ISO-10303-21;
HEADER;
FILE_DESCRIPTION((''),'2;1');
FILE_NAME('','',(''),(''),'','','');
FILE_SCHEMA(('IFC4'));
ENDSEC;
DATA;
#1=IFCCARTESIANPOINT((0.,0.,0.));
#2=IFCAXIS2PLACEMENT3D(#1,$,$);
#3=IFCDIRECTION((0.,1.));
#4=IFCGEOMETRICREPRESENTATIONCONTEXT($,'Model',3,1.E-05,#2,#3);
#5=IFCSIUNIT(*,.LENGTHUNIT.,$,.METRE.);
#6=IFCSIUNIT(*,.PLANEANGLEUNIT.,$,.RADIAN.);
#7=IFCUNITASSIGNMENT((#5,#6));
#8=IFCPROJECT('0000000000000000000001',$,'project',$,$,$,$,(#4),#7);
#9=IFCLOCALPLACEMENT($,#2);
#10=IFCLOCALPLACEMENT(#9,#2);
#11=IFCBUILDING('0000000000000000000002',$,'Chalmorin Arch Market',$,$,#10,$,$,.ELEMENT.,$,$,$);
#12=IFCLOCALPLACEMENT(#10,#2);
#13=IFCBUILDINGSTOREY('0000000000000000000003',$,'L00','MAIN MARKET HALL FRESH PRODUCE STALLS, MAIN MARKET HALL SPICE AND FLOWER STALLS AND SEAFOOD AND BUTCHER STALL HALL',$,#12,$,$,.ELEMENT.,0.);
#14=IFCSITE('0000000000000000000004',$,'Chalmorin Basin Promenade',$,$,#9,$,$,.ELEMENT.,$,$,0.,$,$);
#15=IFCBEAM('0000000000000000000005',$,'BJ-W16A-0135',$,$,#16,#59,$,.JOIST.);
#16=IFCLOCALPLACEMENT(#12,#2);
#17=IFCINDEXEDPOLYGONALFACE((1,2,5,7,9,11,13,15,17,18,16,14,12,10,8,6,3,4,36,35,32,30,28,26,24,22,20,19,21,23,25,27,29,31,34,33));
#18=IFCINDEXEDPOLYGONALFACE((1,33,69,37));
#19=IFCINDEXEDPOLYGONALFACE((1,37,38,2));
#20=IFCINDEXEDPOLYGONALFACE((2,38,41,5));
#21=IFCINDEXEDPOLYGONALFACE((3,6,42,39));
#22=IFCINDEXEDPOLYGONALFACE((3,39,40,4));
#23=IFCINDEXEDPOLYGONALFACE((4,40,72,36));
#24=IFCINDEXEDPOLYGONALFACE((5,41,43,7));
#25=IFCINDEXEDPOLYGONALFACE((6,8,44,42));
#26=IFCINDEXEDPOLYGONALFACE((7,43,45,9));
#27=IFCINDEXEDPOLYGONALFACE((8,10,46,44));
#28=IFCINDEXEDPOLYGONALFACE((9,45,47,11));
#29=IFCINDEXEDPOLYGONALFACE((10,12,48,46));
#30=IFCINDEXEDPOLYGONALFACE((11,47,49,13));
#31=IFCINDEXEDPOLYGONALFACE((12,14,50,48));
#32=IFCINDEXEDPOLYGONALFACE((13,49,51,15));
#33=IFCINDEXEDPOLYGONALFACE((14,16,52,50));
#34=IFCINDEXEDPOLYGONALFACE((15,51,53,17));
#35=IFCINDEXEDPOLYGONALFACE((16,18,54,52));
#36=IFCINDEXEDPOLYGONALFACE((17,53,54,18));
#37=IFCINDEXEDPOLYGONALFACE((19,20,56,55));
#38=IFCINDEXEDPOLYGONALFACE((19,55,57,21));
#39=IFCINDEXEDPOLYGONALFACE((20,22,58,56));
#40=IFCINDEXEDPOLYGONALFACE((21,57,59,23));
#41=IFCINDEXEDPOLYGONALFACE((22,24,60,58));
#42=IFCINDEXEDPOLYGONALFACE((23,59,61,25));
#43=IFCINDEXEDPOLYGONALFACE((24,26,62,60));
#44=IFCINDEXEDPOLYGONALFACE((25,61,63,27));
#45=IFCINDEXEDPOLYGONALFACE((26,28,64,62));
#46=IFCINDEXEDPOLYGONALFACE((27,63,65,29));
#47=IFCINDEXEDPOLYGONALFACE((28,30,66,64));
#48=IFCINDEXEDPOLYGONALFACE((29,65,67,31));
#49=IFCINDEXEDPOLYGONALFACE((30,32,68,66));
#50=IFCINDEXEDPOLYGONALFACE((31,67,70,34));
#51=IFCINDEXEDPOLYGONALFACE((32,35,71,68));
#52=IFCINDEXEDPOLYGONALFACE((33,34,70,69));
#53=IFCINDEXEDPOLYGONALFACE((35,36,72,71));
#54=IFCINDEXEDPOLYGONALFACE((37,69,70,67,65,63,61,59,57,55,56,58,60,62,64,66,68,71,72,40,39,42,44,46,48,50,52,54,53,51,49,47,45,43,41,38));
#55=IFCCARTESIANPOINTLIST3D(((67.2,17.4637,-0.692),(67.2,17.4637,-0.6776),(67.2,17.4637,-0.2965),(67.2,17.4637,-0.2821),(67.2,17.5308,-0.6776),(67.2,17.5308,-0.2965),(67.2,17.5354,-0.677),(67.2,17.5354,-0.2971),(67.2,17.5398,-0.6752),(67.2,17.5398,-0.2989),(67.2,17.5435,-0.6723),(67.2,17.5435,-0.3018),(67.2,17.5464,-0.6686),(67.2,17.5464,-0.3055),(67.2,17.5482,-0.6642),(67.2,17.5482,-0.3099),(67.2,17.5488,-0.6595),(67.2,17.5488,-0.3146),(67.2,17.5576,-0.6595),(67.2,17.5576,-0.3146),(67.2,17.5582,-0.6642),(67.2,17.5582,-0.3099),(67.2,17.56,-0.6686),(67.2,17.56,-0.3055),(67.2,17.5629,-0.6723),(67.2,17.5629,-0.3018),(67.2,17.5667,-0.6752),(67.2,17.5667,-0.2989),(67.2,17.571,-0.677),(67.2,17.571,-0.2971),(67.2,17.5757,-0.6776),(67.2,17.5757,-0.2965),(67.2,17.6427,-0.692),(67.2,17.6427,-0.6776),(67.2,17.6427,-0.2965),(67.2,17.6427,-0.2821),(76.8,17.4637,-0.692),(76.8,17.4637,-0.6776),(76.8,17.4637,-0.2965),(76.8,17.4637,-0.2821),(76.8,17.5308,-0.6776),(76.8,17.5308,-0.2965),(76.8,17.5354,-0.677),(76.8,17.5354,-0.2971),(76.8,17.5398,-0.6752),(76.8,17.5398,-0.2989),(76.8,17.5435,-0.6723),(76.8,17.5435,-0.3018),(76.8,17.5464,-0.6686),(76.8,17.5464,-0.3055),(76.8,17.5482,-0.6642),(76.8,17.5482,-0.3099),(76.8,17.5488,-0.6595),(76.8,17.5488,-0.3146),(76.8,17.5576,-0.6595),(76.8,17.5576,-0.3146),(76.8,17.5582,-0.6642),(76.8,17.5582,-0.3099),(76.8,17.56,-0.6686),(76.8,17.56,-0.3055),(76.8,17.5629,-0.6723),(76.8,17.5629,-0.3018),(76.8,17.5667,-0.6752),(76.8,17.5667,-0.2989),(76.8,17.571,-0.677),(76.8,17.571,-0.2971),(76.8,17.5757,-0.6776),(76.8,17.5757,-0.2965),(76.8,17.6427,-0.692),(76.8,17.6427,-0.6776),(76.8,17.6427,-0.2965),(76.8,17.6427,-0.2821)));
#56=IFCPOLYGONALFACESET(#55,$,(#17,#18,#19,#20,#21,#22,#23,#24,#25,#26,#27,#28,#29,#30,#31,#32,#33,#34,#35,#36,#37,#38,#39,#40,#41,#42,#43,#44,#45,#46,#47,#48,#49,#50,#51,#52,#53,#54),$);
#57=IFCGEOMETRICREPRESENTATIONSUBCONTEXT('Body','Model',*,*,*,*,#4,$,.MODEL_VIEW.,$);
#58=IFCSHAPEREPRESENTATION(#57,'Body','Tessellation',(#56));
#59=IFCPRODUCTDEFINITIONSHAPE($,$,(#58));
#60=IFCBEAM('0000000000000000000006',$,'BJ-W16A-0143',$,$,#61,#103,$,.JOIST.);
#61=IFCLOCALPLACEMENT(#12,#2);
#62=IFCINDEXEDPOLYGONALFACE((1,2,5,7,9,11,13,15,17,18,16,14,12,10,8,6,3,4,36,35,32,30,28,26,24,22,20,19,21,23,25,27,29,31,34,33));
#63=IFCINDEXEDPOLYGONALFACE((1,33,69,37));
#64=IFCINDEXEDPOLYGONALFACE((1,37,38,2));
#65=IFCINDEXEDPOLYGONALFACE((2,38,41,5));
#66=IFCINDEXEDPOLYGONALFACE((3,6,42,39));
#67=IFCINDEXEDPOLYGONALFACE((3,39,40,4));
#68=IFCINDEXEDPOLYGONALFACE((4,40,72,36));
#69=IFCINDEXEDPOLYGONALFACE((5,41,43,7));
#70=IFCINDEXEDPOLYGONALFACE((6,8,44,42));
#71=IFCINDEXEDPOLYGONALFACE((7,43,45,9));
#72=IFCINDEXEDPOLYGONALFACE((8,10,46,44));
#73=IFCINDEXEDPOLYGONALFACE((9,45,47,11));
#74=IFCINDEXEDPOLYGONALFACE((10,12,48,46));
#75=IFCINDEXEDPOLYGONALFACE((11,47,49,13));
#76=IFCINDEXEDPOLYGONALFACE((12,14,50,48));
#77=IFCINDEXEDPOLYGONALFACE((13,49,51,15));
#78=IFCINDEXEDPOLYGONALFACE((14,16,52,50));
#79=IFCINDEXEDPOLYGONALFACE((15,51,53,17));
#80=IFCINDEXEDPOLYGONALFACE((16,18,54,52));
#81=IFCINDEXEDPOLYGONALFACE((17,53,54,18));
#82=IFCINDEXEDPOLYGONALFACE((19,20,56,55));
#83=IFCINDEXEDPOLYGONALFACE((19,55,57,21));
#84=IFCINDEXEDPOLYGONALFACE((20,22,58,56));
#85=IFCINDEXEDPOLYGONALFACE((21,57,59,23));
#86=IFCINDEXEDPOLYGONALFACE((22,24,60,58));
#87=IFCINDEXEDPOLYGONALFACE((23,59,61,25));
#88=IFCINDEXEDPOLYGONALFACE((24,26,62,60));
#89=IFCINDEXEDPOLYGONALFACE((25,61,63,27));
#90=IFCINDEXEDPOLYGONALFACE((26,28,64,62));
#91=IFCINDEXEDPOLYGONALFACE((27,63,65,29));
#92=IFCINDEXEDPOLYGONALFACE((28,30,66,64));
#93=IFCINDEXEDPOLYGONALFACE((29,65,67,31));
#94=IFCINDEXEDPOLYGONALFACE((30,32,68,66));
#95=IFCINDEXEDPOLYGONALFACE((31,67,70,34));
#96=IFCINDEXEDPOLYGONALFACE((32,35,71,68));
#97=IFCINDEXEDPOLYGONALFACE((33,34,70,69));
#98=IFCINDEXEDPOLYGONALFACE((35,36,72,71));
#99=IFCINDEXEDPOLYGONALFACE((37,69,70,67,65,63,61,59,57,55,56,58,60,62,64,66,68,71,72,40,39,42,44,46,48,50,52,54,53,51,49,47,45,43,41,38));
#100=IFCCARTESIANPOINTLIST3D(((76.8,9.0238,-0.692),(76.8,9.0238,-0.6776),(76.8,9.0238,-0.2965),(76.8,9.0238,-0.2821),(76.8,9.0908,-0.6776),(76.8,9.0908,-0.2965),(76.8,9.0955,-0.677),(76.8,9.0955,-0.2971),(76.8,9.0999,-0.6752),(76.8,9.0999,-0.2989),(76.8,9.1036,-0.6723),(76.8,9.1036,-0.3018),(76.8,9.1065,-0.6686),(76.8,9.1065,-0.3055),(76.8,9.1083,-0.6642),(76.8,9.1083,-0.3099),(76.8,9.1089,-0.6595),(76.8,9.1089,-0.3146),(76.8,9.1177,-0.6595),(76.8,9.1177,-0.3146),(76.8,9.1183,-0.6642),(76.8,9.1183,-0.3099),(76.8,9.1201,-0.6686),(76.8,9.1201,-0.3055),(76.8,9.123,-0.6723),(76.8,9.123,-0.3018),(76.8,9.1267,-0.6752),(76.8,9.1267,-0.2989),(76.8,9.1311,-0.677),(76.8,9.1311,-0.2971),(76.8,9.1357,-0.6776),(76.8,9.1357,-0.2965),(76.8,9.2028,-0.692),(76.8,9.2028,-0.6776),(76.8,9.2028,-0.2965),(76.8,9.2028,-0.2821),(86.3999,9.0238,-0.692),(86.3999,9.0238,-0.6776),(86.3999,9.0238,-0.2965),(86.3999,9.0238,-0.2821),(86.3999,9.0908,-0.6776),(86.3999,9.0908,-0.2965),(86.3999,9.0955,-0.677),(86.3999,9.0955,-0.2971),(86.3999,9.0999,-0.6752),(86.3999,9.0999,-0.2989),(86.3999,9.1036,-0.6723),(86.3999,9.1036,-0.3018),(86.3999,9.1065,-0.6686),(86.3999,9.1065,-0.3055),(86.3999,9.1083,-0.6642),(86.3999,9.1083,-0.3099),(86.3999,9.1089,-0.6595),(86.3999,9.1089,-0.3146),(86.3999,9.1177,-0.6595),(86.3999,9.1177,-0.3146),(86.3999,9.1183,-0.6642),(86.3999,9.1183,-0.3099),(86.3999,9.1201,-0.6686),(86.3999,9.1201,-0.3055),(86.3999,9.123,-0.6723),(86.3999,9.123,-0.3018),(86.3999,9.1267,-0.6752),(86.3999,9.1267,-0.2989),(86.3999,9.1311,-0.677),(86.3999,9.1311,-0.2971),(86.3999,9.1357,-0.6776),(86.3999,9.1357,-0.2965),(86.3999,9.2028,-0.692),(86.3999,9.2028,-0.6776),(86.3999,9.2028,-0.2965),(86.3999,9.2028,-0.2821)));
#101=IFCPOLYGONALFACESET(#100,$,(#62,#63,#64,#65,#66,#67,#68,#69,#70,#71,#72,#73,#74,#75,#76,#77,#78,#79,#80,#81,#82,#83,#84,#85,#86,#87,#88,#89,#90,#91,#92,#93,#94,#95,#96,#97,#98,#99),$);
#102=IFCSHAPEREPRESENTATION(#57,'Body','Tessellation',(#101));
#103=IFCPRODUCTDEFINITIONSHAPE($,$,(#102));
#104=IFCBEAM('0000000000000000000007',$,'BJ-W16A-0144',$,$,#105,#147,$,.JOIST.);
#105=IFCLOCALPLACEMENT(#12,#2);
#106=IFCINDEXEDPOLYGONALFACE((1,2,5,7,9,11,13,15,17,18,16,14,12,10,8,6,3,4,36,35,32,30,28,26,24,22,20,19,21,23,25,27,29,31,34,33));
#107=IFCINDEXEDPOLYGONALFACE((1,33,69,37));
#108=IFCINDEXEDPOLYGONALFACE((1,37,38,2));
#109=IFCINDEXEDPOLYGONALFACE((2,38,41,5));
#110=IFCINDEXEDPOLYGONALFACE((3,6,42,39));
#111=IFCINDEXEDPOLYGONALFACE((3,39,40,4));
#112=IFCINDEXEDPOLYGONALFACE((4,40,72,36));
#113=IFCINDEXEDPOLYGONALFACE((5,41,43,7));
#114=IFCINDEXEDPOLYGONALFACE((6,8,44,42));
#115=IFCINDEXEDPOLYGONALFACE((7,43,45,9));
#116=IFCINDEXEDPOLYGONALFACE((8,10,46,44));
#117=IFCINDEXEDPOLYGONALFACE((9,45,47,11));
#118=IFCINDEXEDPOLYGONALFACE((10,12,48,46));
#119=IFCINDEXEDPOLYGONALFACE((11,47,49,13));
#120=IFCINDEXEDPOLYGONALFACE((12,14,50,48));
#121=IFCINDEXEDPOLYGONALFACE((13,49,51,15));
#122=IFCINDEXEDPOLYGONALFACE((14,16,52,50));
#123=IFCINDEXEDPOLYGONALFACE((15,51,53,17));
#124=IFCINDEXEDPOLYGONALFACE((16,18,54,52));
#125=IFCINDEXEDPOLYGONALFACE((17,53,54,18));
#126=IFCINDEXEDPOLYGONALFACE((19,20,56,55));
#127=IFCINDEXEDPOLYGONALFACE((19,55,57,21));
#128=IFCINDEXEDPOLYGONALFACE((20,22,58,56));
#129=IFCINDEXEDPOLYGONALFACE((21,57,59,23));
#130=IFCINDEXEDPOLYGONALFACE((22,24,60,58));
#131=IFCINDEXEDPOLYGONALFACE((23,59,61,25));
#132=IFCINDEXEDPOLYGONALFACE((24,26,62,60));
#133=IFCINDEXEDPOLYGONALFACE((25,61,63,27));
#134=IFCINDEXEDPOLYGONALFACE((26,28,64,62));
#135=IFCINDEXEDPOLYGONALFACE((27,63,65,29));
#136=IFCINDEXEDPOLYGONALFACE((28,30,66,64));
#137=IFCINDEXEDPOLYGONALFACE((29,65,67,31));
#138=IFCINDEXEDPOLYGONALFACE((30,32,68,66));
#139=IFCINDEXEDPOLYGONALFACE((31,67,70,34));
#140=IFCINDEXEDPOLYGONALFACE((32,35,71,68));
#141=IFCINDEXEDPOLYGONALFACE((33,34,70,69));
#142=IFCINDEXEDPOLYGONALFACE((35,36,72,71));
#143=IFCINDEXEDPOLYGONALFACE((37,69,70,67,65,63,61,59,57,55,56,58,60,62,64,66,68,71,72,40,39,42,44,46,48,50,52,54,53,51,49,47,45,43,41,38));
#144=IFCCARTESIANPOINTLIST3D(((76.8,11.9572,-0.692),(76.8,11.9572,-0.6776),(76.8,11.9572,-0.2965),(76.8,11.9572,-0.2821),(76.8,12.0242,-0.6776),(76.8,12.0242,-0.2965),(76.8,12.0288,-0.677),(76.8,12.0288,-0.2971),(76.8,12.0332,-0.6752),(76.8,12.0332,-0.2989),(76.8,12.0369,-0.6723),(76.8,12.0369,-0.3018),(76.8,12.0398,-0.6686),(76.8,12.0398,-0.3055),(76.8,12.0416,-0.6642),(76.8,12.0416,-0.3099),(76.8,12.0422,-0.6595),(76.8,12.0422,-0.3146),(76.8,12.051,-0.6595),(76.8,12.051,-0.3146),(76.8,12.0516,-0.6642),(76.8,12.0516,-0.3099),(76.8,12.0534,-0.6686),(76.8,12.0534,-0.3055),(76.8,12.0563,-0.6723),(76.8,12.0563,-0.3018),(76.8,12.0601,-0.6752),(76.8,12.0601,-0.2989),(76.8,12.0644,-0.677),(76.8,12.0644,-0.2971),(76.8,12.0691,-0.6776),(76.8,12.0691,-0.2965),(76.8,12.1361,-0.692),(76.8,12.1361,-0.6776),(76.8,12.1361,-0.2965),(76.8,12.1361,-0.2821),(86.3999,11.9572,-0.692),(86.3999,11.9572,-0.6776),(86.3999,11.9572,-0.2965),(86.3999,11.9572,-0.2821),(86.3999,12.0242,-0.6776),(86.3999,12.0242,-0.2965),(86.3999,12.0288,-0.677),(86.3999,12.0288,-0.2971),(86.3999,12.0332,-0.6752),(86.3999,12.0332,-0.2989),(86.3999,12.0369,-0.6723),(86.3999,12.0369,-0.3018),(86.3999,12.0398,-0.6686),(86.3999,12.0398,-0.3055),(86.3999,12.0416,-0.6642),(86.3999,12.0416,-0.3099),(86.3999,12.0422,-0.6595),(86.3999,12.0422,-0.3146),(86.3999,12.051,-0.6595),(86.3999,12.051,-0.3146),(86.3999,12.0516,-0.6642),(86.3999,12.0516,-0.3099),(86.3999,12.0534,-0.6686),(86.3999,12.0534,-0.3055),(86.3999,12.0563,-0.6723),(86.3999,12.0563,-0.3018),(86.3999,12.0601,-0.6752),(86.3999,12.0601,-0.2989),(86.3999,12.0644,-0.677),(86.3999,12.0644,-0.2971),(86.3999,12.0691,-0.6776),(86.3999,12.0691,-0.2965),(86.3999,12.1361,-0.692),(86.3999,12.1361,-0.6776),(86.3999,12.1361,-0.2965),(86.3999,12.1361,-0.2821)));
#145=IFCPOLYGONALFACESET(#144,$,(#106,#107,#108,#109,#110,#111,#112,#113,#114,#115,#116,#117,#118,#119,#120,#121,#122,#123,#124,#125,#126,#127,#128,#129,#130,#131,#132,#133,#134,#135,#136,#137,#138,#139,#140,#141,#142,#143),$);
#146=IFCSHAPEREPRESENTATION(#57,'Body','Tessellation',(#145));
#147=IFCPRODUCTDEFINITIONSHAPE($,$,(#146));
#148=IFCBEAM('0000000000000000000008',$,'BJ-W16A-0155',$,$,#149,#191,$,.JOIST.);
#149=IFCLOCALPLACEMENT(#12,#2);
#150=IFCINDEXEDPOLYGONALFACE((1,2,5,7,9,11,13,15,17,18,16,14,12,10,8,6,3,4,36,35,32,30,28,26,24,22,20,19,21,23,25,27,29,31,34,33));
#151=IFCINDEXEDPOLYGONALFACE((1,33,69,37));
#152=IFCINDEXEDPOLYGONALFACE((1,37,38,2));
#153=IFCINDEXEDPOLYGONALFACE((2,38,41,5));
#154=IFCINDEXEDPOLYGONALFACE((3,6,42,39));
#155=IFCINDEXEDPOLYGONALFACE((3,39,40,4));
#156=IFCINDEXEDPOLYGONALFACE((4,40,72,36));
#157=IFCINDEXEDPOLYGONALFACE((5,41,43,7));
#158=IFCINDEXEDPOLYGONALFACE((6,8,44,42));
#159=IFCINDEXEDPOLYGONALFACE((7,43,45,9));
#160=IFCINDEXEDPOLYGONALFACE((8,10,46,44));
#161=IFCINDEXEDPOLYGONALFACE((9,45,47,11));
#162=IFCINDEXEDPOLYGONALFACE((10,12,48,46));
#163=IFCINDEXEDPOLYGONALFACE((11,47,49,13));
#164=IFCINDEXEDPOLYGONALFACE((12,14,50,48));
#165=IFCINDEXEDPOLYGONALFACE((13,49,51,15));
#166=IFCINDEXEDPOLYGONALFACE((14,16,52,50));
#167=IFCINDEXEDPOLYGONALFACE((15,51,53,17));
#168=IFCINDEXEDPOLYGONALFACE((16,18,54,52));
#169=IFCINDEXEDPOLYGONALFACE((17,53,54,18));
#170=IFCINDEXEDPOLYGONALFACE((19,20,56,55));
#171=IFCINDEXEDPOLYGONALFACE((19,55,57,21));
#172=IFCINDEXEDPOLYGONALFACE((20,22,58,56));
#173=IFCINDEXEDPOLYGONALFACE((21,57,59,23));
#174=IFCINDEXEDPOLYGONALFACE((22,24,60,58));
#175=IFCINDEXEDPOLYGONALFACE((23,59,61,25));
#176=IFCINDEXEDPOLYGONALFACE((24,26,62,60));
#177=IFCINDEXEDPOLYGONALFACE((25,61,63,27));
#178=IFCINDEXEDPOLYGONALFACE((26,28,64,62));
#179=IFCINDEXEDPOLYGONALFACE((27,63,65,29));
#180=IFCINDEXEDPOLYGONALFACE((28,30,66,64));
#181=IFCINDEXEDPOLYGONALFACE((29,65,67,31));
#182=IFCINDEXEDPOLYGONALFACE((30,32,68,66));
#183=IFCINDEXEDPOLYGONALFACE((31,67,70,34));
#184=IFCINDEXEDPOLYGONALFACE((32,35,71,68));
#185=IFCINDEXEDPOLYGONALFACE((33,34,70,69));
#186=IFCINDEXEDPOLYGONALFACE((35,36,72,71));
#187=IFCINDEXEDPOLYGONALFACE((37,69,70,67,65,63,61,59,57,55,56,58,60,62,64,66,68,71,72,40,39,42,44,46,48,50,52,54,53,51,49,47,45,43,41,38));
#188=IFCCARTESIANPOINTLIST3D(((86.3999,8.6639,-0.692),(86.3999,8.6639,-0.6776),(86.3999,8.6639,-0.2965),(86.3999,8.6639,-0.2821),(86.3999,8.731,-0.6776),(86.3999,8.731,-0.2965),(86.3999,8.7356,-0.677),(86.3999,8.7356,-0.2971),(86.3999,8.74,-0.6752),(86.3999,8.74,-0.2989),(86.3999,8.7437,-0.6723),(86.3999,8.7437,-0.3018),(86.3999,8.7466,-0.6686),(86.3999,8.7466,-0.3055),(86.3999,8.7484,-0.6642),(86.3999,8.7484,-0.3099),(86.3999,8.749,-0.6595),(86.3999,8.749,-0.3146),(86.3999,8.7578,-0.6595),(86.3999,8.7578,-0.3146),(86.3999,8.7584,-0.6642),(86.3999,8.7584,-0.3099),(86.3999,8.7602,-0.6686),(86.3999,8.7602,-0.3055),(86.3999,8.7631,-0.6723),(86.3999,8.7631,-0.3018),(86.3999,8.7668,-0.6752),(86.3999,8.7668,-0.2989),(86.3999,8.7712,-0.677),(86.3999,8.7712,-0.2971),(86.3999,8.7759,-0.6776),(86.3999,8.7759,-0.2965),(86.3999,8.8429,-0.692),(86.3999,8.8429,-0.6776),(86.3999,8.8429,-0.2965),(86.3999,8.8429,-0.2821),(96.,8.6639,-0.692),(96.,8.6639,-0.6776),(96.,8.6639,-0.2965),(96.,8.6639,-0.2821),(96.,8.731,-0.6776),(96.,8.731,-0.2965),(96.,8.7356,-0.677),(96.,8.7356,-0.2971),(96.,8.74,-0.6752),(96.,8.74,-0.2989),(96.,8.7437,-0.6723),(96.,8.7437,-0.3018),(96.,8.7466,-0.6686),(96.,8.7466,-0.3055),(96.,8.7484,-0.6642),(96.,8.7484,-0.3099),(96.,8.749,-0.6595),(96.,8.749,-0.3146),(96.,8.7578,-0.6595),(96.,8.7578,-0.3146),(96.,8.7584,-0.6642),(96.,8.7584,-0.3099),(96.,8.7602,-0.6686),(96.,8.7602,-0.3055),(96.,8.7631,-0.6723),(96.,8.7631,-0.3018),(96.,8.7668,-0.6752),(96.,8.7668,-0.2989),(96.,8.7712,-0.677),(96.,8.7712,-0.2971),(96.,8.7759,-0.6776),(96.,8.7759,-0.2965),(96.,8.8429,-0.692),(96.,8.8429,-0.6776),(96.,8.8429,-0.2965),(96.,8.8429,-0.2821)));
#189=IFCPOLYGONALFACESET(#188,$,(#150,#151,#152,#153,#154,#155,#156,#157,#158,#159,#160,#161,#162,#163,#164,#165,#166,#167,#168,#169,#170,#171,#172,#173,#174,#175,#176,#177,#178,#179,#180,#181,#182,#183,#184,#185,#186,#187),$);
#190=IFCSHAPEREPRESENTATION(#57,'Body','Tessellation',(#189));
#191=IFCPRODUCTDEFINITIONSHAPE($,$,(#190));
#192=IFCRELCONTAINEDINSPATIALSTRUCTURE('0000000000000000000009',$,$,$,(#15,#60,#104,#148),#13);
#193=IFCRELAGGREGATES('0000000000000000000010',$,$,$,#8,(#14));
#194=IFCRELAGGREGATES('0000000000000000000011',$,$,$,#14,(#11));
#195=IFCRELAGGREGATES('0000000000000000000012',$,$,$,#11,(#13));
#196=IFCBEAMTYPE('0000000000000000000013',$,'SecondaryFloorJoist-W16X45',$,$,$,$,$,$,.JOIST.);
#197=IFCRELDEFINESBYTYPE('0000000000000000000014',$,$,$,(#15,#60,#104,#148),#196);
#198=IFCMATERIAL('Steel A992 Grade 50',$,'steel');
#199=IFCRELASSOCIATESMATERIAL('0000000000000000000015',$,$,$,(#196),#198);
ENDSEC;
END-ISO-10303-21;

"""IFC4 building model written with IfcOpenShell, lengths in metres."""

from ifc_helpers import new_model, si_unit, direction, frame, origin, origin_2d, place, context, subcontext, project, spatial, i_section, extrude, material, material_profile, profile_set, type_object, element, save


model = new_model("IFC4")

# Units and contexts
model_context = context("Model", 3, precision=1e-05, world=origin(), true_north=direction((0.0, 1.0)))
body_context = subcontext(model_context, "Body", "Model", "MODEL_VIEW")
ifc_project = project(units=[si_unit("LENGTHUNIT", "METRE"), si_unit("PLANEANGLEUNIT", "RADIAN")], contexts=[model_context])

# Site, building, storey
site_placement = place(None, origin())
site = spatial("IfcSite", under=ifc_project, at=site_placement, Name="Chalmorin Basin Promenade", CompositionType="ELEMENT", RefElevation=0.0)
building_placement = place(site_placement, origin())
building = spatial("IfcBuilding", under=site, at=building_placement, Name="Chalmorin Arch Market", CompositionType="ELEMENT")
storey_placement = place(building_placement, origin())
storey = spatial("IfcBuildingStorey", under=building, at=storey_placement, Name="L00", Description="MAIN MARKET HALL FRESH PRODUCE STALLS, MAIN MARKET HALL SPICE AND FLOWER STALLS AND SEAFOOD AND BUTCHER STALL HALL", CompositionType="ELEMENT", Elevation=0.0)

# Beams
ifc_material_1 = material(Name="Steel A992 Grade 50", Category="steel")
ifc_material_profile_1 = material_profile(ifc_material_1, i_section(OverallWidth=0.179, OverallDepth=0.4099, WebThickness=0.0088, FlangeThickness=0.0144, FilletRadius=0.0181, at=origin_2d()), Name="W16X45")
ifc_profile_set_1 = profile_set([ifc_material_profile_1], Name="Steel A992 Grade 50")
beam_type_1 = type_object("IfcBeamType", Name="SecondaryFloorJoist-W16X45", PredefinedType="JOIST", material=ifc_profile_set_1)
beam_1_placement = place(storey_placement, frame((67.2, 17.5532, -0.4871), z_axis=(1.0, 0.0, 0.0), x_axis=(0.0, 1.0, 0.0)))
element("IfcBeam", 1, at=beam_1_placement, inside=storey, type_object=beam_type_1, Name="BJ-W16A-0135", PredefinedType="JOIST", context=body_context, shape_type="SweptSolid", body=[
    extrude(i_section(OverallWidth=0.179, OverallDepth=0.4099, WebThickness=0.0088, FlangeThickness=0.0144, FilletRadius=0.0181, at=origin_2d()), origin(), (0.0, 0.0, 1.0), 9.6001),
])
for number, where, z_axis, x_axis, name in (
    (2, (76.8, 9.1133, -0.4871), (1.0, 0.0, 0.0), (0.0, 1.0, 0.0), "BJ-W16A-0143"),
    (3, (76.8, 12.0466, -0.4871), (1.0, 0.0, 0.0), (0.0, 1.0, 0.0), "BJ-W16A-0144"),
):
    element("IfcBeam", number, at=place(storey_placement, frame(where, z_axis=z_axis, x_axis=x_axis)), inside=storey, type_object=beam_type_1, Name=name, PredefinedType="JOIST", context=body_context, shape_type="SweptSolid", body=[
        extrude(i_section(OverallWidth=0.179, OverallDepth=0.4099, WebThickness=0.0088, FlangeThickness=0.0144, FilletRadius=0.0181, at=origin_2d()), origin(), (0.0, 0.0, 1.0), 9.5999),
    ])
for number, where, z_axis, x_axis, name in (
    (4, (86.3999, 8.7534, -0.4871), (1.0, 0.0, 0.0), (0.0, 1.0, 0.0), "BJ-W16A-0155"),
):
    element("IfcBeam", number, at=place(storey_placement, frame(where, z_axis=z_axis, x_axis=x_axis)), inside=storey, type_object=beam_type_1, Name=name, PredefinedType="JOIST", context=body_context, shape_type="SweptSolid", body=[
        extrude(i_section(OverallWidth=0.179, OverallDepth=0.4099, WebThickness=0.0088, FlangeThickness=0.0144, FilletRadius=0.0181, at=origin_2d()), origin(), (0.0, 0.0, 1.0), 9.6001),
    ])

save(model, "model.ifc")
